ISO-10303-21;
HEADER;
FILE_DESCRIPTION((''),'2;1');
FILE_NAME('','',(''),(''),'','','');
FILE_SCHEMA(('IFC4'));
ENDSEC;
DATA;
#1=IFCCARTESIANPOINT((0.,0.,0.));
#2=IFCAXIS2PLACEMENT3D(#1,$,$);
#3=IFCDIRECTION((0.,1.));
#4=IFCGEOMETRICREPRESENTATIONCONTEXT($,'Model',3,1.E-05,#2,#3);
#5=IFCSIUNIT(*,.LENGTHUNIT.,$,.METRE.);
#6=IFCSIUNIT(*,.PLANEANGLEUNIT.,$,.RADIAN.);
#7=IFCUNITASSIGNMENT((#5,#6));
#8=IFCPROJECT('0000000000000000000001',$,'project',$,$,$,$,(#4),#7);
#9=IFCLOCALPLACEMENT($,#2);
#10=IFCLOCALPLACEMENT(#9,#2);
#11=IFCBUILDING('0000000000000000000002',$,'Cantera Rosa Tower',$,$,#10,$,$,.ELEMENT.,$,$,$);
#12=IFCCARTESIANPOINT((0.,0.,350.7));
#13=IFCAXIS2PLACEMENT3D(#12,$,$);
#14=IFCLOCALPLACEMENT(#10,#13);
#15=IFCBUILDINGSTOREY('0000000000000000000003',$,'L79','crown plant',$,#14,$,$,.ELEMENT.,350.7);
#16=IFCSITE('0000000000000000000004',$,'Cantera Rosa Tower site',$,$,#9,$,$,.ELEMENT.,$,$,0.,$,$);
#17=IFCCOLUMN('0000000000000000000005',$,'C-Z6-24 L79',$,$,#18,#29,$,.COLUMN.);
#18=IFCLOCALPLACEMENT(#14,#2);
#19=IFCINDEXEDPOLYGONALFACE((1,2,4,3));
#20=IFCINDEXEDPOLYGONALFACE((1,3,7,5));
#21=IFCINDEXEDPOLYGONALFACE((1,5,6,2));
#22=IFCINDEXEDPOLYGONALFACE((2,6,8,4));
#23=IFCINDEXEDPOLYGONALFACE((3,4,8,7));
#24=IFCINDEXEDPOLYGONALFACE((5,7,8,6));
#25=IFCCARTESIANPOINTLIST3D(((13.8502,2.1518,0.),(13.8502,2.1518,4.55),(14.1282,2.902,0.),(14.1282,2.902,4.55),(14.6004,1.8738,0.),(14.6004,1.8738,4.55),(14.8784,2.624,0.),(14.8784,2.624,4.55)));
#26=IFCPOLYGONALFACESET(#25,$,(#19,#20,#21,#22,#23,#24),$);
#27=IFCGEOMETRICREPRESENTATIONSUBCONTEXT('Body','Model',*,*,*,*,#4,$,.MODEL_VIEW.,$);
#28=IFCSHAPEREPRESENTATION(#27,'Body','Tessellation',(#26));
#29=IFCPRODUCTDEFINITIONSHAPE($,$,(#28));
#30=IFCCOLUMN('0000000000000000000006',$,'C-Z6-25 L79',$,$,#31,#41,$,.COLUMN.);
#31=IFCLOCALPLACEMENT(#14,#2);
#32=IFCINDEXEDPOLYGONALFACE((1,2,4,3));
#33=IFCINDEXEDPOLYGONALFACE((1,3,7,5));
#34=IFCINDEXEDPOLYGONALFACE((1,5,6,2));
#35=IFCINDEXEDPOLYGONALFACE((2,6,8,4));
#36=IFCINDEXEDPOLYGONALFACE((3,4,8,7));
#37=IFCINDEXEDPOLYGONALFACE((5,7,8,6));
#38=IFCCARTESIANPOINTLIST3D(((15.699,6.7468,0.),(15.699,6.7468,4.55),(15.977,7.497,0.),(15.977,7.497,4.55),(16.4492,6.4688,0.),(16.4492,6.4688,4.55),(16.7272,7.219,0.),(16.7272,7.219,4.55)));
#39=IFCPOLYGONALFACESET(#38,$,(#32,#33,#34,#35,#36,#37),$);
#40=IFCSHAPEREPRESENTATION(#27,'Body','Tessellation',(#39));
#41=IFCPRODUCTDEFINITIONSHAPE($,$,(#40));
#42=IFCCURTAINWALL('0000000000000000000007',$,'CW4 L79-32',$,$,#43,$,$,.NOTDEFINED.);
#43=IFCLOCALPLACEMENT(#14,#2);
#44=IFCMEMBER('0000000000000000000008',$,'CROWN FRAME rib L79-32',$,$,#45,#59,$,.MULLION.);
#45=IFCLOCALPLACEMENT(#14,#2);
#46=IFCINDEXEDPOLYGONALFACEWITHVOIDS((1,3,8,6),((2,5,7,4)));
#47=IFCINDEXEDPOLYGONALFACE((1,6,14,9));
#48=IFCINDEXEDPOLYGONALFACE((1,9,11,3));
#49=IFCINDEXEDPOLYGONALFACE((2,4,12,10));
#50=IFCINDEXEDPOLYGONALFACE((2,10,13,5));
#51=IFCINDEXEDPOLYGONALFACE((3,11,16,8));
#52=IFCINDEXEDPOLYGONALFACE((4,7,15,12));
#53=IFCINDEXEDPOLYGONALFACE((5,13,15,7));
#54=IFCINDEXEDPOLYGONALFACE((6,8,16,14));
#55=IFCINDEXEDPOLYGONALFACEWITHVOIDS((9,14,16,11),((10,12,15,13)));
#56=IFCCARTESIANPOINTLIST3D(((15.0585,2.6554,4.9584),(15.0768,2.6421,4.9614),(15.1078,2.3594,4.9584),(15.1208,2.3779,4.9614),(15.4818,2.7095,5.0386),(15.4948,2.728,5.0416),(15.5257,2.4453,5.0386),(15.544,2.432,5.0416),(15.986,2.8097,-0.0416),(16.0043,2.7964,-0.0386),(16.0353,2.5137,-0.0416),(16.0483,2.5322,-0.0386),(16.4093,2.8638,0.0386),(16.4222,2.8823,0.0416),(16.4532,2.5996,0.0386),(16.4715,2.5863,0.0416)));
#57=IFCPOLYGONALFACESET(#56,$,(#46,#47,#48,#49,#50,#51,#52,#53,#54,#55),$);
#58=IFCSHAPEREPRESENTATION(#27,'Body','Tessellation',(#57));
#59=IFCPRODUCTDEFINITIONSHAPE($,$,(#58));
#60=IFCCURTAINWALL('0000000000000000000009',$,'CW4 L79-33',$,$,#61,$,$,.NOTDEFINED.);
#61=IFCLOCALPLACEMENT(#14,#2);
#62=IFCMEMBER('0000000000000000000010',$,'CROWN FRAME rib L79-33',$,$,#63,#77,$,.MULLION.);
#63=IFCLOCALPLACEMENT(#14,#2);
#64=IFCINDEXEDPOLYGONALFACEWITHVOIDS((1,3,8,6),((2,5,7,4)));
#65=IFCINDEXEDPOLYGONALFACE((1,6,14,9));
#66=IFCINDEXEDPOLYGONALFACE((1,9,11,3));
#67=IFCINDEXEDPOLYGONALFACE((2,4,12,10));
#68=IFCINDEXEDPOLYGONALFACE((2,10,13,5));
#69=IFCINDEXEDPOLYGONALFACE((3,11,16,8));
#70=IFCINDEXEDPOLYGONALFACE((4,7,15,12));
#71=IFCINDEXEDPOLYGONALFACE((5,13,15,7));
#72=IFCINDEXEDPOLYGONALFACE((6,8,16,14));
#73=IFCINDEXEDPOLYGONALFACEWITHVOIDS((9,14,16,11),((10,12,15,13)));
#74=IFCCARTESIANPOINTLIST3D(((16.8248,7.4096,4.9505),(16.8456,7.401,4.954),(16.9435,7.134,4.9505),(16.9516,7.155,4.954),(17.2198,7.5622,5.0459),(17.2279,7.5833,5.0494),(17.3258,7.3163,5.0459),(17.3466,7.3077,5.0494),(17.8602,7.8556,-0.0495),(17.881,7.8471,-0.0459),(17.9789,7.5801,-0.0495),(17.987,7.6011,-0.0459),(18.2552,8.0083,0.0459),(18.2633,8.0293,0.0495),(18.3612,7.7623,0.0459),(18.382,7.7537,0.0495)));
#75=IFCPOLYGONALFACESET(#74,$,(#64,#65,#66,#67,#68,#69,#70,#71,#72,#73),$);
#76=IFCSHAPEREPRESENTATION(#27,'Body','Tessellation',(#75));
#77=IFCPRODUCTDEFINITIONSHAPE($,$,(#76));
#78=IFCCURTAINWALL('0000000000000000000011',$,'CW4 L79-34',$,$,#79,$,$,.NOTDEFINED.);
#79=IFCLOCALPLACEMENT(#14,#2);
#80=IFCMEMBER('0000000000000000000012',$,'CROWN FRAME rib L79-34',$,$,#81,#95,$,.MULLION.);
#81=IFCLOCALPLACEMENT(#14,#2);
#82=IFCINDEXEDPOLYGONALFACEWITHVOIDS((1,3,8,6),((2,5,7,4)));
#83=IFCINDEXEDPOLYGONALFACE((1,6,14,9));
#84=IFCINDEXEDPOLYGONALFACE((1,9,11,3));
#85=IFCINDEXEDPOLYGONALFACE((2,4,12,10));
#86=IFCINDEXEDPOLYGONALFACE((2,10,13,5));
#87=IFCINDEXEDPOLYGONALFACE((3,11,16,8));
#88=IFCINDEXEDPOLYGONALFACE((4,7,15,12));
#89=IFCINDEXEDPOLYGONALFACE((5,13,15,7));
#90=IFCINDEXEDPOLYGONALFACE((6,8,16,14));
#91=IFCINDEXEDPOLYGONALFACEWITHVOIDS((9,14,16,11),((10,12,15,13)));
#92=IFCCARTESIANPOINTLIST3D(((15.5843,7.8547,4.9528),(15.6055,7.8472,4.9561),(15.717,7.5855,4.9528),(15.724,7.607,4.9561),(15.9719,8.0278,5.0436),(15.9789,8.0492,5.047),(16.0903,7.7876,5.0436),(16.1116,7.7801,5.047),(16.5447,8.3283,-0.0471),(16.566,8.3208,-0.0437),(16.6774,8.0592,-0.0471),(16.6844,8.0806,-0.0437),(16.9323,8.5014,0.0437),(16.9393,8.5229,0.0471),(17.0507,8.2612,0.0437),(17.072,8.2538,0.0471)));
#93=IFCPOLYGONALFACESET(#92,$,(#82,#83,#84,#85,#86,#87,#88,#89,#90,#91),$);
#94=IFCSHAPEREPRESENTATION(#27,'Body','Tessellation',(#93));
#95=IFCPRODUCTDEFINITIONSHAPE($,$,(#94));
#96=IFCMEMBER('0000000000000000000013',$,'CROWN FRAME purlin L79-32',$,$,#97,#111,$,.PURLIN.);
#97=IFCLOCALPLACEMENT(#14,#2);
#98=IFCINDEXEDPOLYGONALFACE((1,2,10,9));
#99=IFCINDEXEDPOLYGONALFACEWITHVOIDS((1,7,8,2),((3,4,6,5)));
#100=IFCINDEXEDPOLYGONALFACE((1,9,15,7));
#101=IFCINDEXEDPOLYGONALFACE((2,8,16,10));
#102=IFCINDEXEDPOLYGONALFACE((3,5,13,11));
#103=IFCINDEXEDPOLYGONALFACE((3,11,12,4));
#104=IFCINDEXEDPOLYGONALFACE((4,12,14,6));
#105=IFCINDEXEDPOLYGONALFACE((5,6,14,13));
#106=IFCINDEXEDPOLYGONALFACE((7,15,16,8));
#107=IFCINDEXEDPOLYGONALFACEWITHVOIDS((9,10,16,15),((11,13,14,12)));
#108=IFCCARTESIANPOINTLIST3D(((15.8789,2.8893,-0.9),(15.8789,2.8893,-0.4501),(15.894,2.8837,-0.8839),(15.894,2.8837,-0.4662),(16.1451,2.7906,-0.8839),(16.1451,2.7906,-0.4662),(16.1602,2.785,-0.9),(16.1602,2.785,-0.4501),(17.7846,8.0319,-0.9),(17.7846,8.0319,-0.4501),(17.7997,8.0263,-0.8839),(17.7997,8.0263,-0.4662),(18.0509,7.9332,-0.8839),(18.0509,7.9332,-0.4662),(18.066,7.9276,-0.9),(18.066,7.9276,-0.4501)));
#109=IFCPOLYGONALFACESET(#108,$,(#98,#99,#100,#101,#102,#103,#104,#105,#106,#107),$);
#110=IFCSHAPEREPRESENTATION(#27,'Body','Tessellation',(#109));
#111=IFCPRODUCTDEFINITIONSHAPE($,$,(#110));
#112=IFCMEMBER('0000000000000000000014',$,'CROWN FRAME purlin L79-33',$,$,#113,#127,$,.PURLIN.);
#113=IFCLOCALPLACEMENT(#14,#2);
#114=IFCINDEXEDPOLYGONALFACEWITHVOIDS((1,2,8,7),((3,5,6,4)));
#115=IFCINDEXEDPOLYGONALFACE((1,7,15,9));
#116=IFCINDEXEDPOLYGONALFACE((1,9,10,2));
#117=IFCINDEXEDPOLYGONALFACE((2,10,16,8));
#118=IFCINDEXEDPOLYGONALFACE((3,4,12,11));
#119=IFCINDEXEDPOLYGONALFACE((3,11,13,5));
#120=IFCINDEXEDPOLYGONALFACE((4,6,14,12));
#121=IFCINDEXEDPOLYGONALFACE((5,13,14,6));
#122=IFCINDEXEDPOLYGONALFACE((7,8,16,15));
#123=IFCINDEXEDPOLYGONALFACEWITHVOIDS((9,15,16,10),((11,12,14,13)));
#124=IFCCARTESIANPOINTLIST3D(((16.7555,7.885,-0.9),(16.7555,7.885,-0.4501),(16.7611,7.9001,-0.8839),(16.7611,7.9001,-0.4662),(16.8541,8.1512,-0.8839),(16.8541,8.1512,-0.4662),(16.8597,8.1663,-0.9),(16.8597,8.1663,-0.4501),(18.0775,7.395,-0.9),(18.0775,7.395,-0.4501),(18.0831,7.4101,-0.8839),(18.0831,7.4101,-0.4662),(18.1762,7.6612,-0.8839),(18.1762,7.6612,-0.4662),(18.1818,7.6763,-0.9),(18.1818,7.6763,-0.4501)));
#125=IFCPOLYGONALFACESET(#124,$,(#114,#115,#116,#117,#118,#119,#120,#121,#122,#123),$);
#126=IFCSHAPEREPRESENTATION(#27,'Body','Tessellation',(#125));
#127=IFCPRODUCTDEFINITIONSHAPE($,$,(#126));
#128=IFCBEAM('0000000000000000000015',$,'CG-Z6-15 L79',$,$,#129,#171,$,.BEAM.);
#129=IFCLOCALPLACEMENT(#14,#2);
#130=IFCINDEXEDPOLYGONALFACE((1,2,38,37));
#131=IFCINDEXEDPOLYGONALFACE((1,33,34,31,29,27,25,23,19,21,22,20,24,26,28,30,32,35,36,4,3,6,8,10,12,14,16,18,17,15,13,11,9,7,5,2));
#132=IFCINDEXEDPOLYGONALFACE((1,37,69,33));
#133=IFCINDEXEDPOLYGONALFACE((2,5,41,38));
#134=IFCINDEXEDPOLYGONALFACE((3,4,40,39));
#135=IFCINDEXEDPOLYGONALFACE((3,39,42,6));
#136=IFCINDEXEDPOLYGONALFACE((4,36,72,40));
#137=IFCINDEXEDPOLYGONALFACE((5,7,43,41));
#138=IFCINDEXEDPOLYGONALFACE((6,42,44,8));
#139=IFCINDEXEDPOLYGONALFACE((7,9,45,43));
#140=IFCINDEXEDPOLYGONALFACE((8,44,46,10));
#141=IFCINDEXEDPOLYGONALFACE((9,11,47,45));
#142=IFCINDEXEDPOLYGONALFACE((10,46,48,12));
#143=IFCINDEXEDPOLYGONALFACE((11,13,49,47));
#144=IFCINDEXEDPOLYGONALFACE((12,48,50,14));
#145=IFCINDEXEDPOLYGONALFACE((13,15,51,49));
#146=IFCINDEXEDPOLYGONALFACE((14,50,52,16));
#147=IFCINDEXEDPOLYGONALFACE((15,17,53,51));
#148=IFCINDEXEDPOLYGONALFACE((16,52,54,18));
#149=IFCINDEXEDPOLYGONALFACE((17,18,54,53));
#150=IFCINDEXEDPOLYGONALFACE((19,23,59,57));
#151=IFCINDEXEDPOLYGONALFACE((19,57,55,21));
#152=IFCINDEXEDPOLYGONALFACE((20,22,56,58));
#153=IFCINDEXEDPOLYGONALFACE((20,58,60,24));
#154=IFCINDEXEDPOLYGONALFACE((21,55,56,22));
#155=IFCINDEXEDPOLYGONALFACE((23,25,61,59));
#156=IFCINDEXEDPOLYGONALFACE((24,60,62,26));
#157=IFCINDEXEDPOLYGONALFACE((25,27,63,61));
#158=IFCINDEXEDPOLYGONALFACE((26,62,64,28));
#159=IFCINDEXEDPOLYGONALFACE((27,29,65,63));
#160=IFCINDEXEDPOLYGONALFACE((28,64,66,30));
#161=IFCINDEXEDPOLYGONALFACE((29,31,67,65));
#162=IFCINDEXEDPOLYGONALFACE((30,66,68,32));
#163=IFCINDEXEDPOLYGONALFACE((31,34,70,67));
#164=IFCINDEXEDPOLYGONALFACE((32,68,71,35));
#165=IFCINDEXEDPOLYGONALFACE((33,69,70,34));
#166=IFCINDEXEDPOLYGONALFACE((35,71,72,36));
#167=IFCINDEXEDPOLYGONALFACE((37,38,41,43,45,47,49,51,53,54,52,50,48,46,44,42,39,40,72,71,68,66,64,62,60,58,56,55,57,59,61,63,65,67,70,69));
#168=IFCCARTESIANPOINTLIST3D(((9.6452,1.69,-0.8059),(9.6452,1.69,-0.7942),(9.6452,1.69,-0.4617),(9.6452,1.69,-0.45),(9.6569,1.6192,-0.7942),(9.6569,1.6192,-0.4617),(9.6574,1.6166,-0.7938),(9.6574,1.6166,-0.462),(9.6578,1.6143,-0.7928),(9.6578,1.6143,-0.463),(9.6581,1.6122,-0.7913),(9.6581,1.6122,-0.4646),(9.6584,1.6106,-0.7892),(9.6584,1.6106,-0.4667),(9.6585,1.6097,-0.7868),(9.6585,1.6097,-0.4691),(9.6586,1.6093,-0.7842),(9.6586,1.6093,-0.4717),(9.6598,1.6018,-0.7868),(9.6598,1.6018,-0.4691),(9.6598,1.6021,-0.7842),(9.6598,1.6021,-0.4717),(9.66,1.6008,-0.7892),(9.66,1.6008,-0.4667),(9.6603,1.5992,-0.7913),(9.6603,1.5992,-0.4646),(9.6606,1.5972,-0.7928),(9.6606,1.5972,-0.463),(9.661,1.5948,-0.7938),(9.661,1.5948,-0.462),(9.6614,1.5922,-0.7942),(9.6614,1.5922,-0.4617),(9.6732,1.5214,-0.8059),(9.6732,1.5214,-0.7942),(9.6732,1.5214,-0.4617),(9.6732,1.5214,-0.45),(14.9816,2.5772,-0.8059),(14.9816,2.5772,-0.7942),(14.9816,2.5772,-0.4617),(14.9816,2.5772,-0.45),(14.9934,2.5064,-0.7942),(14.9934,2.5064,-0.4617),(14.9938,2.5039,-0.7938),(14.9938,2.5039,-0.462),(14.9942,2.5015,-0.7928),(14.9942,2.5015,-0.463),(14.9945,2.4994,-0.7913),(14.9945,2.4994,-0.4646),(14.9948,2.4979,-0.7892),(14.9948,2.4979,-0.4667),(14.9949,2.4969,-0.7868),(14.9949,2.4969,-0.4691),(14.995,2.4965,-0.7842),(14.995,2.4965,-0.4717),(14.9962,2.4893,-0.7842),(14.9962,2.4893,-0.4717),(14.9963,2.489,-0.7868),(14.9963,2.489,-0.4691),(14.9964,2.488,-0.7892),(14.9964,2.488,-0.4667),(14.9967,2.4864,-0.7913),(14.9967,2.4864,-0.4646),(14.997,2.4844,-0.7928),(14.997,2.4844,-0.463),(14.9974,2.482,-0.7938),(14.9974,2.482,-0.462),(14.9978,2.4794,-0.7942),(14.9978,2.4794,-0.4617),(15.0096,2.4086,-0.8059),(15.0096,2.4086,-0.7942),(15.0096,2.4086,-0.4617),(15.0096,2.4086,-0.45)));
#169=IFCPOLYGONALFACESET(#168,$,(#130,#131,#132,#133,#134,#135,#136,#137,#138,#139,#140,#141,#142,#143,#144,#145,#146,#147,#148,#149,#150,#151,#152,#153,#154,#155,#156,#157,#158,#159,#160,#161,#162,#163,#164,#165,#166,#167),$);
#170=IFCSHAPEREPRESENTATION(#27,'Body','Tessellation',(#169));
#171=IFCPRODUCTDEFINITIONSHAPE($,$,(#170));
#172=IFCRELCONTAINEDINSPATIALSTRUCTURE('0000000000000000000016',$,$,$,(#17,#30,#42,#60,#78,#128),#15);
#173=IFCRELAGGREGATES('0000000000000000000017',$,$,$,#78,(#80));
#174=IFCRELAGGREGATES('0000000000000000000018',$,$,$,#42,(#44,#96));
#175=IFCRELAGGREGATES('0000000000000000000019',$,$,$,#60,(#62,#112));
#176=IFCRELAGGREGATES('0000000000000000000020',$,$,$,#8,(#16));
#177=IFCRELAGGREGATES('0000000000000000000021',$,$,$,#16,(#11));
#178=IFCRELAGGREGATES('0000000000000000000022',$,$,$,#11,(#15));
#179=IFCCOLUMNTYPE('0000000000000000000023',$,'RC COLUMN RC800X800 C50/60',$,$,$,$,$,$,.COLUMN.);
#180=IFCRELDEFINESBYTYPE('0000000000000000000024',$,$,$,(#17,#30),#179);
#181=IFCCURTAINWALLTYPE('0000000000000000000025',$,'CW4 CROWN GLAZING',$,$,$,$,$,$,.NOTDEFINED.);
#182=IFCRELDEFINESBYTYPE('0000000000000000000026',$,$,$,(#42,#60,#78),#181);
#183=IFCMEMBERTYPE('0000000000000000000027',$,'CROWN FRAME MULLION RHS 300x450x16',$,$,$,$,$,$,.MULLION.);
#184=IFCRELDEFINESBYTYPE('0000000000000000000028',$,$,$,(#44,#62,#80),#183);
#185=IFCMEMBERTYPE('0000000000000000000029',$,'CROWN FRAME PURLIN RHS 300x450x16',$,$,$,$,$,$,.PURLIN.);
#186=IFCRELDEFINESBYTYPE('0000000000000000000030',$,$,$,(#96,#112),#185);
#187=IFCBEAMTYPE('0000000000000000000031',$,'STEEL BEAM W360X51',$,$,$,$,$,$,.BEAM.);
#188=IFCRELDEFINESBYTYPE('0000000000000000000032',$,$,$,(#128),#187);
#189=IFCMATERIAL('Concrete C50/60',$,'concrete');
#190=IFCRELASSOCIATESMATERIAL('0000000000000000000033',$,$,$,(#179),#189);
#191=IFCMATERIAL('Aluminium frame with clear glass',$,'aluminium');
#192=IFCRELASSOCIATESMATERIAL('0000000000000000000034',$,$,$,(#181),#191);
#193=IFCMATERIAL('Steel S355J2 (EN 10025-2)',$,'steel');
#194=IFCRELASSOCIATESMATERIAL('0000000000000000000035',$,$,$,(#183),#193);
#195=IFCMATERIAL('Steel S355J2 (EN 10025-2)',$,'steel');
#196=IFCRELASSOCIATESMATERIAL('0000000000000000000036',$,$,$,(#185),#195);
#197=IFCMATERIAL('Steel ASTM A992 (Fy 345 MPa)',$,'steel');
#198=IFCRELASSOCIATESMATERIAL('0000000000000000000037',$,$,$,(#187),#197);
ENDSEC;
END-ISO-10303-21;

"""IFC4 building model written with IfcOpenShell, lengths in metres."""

from ifc_helpers import new_model, si_unit, direction, frame, origin, origin_2d, place, context, subcontext, project, spatial, rectangle, hollow_rectangle, i_section, extrude, material, material_profile, profile_set, type_object, element, aggregate, save


model = new_model("IFC4")

# Units and contexts
model_context = context("Model", 3, precision=1e-05, world=origin(), true_north=direction((0.0, 1.0)))
body_context = subcontext(model_context, "Body", "Model", "MODEL_VIEW")
ifc_project = project(units=[si_unit("LENGTHUNIT", "METRE"), si_unit("PLANEANGLEUNIT", "RADIAN")], contexts=[model_context])

# Site, building, storey
site_placement = place(None, origin())
site = spatial("IfcSite", under=ifc_project, at=site_placement, Name="Cantera Rosa Tower site", CompositionType="ELEMENT", RefElevation=0.0)
building_placement = place(site_placement, origin())
building = spatial("IfcBuilding", under=site, at=building_placement, Name="Cantera Rosa Tower", CompositionType="ELEMENT")
storey_placement = place(building_placement, frame((0.0, 0.0, 350.7)))
storey = spatial("IfcBuildingStorey", under=building, at=storey_placement, Name="L79", Description="crown plant", CompositionType="ELEMENT", Elevation=350.7)

# Columns
ifc_material_1 = material(Name="Concrete C50/60", Category="concrete")
ifc_material_profile_1 = material_profile(ifc_material_1, rectangle(XDim=0.8, YDim=0.8, at=origin_2d()), Name="RC COLUMN RC800X800 C50/60")
ifc_profile_set_1 = profile_set([ifc_material_profile_1], Name="Concrete C50/60")
column_type = type_object("IfcColumnType", Name="RC COLUMN RC800X800 C50/60", PredefinedType="COLUMN", material=ifc_profile_set_1)
for number, where, z_axis, x_axis, name in (
    (1, (14.3643, 2.3879, 0.0), (0.0, 0.0, 1.0), (0.347481, 0.937687, 0.0), "C-Z6-24 L79"),
    (2, (16.2131, 6.9829, 0.0), (0.0, 0.0, 1.0), (0.347481, 0.937687, 0.0), "C-Z6-25 L79"),
):
    element("IfcColumn", number, at=place(storey_placement, frame(where, z_axis=z_axis, x_axis=x_axis)), inside=storey, type_object=column_type, Name=name, PredefinedType="COLUMN", context=body_context, shape_type="SweptSolid", body=[
        extrude(rectangle(XDim=0.8, YDim=0.8, at=origin_2d()), origin(), (0.0, 0.0, 1.0), 4.55),
    ])

# Curtain walls, members
ifc_material_2 = material(Name="Aluminium frame with clear glass", Category="aluminium")
curtain_wall_type = type_object("IfcCurtainWallType", Name="CW4 CROWN GLAZING", PredefinedType="NOTDEFINED", material=ifc_material_2)
curtain_wall_1_placement = place(storey_placement, origin())
curtain_wall_1 = element("IfcCurtainWall", 3, at=curtain_wall_1_placement, inside=storey, type_object=curtain_wall_type, Name="CW4 L79-32", PredefinedType="NOTDEFINED")
ifc_material_3 = material(Name="Steel S355J2 (EN 10025-2)", Category="steel")
ifc_material_profile_2 = material_profile(ifc_material_3, hollow_rectangle(XDim=0.3, YDim=0.45, WallThickness=0.0161, at=origin_2d()), Name="CROWN FRAME MULLION RHS 300x450x16")
ifc_profile_set_2 = profile_set([ifc_material_profile_2], Name="Steel S355J2 (EN 10025-2)")
member_type_1 = type_object("IfcMemberType", Name="CROWN FRAME MULLION RHS 300x450x16", PredefinedType="MULLION", material=ifc_profile_set_2)
member_1_placement = place(storey_placement, frame((16.2288, 2.698, 0.0), z_axis=(-0.182303, -0.030328, 0.982775), x_axis=(0.164104, -0.986443, 0.0)))
member_1 = element("IfcMember", 4, at=member_1_placement, type_object=member_type_1, Name="CROWN FRAME rib L79-32", PredefinedType="MULLION", context=body_context, shape_type="SweptSolid", body=[
    extrude(hollow_rectangle(XDim=0.3, YDim=0.45, WallThickness=0.0161, at=origin_2d()), origin(), (0.0, 0.0, 1.0), 5.0876),
])
curtain_wall_2_placement = place(storey_placement, origin())
curtain_wall_2 = element("IfcCurtainWall", 5, at=curtain_wall_2_placement, inside=storey, type_object=curtain_wall_type, Name="CW4 L79-33", PredefinedType="NOTDEFINED")
member_2_placement = place(storey_placement, frame((18.1211, 7.8047, 0.0), z_axis=(-0.202009, -0.087024, 0.97551), x_axis=(0.395644, -0.918404, 0.0)))
member_2 = element("IfcMember", 6, at=member_2_placement, type_object=member_type_1, Name="CROWN FRAME rib L79-33", PredefinedType="MULLION", context=body_context, shape_type="SweptSolid", body=[
    extrude(hollow_rectangle(XDim=0.3, YDim=0.45, WallThickness=0.0161, at=origin_2d()), origin(), (0.0, 0.0, 1.0), 5.1255),
])
curtain_wall_3_placement = place(storey_placement, origin())
curtain_wall_3 = element("IfcCurtainWall", 7, at=curtain_wall_3_placement, inside=storey, type_object=curtain_wall_type, Name="CW4 L79-34", PredefinedType="NOTDEFINED")
member_3_placement = place(storey_placement, frame((16.8083, 8.291, 0.0), z_axis=(-0.18783, -0.092626, 0.977824), x_axis=(0.442282, -0.896876, 0.0)))
member_3 = element("IfcMember", 8, at=member_3_placement, type_object=member_type_1, Name="CROWN FRAME rib L79-34", PredefinedType="MULLION", context=body_context, shape_type="SweptSolid", body=[
    extrude(hollow_rectangle(XDim=0.3, YDim=0.45, WallThickness=0.0161, at=origin_2d()), origin(), (0.0, 0.0, 1.0), 5.1133),
])

# Members
ifc_material_4 = material(Name="Steel S355J2 (EN 10025-2)", Category="steel")
ifc_material_profile_3 = material_profile(ifc_material_4, hollow_rectangle(XDim=0.3, YDim=0.45, WallThickness=0.0161, at=origin_2d()), Name="CROWN FRAME PURLIN RHS 300x450x16")
ifc_profile_set_3 = profile_set([ifc_material_profile_3], Name="Steel S355J2 (EN 10025-2)")
member_type_2 = type_object("IfcMemberType", Name="CROWN FRAME PURLIN RHS 300x450x16", PredefinedType="PURLIN", material=ifc_profile_set_3)
member_4_placement = place(storey_placement, frame((16.0195, 2.8372, -0.675), z_axis=(0.347491, 0.937683, 0.0), x_axis=(-0.937683, 0.347491, 0.0)))
member_4 = element("IfcMember", 9, at=member_4_placement, type_object=member_type_2, Name="CROWN FRAME purlin L79-32", PredefinedType="PURLIN", context=body_context, shape_type="SweptSolid", body=[
    extrude(hollow_rectangle(XDim=0.3, YDim=0.45, WallThickness=0.0161, at=origin_2d()), origin(), (0.0, 0.0, 1.0), 5.4844),
])
member_5_placement = place(storey_placement, frame((18.1296, 7.5356, -0.675), z_axis=(-0.937667, 0.347534, 0.0), x_axis=(-0.347534, -0.937667, 0.0)))
member_5 = element("IfcMember", 10, at=member_5_placement, type_object=member_type_2, Name="CROWN FRAME purlin L79-33", PredefinedType="PURLIN", context=body_context, shape_type="SweptSolid", body=[
    extrude(hollow_rectangle(XDim=0.3, YDim=0.45, WallThickness=0.0161, at=origin_2d()), origin(), (0.0, 0.0, 1.0), 1.4099),
])

# Beam
ifc_material_5 = material(Name="Steel ASTM A992 (Fy 345 MPa)", Category="steel")
ifc_material_profile_4 = material_profile(ifc_material_5, i_section(OverallWidth=0.1709, OverallDepth=0.356, WebThickness=0.0073, FlangeThickness=0.0117, FilletRadius=0.01, at=origin_2d()), Name="W360X51")
ifc_profile_set_4 = profile_set([ifc_material_profile_4], Name="Steel ASTM A992 (Fy 345 MPa)")
beam_type_1 = type_object("IfcBeamType", Name="STEEL BEAM W360X51", PredefinedType="BEAM", material=ifc_profile_set_4)
beam_1_placement = place(storey_placement, frame((14.9956, 2.4929, -0.6279), z_axis=(-0.98646, -0.164004, 0.0), x_axis=(0.164004, -0.98646, 0.0)))
element("IfcBeam", 11, at=beam_1_placement, inside=storey, type_object=beam_type_1, Name="CG-Z6-15 L79", PredefinedType="BEAM", context=body_context, shape_type="SweptSolid", body=[
    extrude(i_section(OverallWidth=0.1709, OverallDepth=0.356, WebThickness=0.0073, FlangeThickness=0.0117, FilletRadius=0.01, at=origin_2d()), origin(), (0.0, 0.0, 1.0), 5.4097),
])

aggregate(curtain_wall_3, [member_3])

aggregate(curtain_wall_1, [member_1, member_4])
aggregate(curtain_wall_2, [member_2, member_5])

save(model, "model.ifc")
